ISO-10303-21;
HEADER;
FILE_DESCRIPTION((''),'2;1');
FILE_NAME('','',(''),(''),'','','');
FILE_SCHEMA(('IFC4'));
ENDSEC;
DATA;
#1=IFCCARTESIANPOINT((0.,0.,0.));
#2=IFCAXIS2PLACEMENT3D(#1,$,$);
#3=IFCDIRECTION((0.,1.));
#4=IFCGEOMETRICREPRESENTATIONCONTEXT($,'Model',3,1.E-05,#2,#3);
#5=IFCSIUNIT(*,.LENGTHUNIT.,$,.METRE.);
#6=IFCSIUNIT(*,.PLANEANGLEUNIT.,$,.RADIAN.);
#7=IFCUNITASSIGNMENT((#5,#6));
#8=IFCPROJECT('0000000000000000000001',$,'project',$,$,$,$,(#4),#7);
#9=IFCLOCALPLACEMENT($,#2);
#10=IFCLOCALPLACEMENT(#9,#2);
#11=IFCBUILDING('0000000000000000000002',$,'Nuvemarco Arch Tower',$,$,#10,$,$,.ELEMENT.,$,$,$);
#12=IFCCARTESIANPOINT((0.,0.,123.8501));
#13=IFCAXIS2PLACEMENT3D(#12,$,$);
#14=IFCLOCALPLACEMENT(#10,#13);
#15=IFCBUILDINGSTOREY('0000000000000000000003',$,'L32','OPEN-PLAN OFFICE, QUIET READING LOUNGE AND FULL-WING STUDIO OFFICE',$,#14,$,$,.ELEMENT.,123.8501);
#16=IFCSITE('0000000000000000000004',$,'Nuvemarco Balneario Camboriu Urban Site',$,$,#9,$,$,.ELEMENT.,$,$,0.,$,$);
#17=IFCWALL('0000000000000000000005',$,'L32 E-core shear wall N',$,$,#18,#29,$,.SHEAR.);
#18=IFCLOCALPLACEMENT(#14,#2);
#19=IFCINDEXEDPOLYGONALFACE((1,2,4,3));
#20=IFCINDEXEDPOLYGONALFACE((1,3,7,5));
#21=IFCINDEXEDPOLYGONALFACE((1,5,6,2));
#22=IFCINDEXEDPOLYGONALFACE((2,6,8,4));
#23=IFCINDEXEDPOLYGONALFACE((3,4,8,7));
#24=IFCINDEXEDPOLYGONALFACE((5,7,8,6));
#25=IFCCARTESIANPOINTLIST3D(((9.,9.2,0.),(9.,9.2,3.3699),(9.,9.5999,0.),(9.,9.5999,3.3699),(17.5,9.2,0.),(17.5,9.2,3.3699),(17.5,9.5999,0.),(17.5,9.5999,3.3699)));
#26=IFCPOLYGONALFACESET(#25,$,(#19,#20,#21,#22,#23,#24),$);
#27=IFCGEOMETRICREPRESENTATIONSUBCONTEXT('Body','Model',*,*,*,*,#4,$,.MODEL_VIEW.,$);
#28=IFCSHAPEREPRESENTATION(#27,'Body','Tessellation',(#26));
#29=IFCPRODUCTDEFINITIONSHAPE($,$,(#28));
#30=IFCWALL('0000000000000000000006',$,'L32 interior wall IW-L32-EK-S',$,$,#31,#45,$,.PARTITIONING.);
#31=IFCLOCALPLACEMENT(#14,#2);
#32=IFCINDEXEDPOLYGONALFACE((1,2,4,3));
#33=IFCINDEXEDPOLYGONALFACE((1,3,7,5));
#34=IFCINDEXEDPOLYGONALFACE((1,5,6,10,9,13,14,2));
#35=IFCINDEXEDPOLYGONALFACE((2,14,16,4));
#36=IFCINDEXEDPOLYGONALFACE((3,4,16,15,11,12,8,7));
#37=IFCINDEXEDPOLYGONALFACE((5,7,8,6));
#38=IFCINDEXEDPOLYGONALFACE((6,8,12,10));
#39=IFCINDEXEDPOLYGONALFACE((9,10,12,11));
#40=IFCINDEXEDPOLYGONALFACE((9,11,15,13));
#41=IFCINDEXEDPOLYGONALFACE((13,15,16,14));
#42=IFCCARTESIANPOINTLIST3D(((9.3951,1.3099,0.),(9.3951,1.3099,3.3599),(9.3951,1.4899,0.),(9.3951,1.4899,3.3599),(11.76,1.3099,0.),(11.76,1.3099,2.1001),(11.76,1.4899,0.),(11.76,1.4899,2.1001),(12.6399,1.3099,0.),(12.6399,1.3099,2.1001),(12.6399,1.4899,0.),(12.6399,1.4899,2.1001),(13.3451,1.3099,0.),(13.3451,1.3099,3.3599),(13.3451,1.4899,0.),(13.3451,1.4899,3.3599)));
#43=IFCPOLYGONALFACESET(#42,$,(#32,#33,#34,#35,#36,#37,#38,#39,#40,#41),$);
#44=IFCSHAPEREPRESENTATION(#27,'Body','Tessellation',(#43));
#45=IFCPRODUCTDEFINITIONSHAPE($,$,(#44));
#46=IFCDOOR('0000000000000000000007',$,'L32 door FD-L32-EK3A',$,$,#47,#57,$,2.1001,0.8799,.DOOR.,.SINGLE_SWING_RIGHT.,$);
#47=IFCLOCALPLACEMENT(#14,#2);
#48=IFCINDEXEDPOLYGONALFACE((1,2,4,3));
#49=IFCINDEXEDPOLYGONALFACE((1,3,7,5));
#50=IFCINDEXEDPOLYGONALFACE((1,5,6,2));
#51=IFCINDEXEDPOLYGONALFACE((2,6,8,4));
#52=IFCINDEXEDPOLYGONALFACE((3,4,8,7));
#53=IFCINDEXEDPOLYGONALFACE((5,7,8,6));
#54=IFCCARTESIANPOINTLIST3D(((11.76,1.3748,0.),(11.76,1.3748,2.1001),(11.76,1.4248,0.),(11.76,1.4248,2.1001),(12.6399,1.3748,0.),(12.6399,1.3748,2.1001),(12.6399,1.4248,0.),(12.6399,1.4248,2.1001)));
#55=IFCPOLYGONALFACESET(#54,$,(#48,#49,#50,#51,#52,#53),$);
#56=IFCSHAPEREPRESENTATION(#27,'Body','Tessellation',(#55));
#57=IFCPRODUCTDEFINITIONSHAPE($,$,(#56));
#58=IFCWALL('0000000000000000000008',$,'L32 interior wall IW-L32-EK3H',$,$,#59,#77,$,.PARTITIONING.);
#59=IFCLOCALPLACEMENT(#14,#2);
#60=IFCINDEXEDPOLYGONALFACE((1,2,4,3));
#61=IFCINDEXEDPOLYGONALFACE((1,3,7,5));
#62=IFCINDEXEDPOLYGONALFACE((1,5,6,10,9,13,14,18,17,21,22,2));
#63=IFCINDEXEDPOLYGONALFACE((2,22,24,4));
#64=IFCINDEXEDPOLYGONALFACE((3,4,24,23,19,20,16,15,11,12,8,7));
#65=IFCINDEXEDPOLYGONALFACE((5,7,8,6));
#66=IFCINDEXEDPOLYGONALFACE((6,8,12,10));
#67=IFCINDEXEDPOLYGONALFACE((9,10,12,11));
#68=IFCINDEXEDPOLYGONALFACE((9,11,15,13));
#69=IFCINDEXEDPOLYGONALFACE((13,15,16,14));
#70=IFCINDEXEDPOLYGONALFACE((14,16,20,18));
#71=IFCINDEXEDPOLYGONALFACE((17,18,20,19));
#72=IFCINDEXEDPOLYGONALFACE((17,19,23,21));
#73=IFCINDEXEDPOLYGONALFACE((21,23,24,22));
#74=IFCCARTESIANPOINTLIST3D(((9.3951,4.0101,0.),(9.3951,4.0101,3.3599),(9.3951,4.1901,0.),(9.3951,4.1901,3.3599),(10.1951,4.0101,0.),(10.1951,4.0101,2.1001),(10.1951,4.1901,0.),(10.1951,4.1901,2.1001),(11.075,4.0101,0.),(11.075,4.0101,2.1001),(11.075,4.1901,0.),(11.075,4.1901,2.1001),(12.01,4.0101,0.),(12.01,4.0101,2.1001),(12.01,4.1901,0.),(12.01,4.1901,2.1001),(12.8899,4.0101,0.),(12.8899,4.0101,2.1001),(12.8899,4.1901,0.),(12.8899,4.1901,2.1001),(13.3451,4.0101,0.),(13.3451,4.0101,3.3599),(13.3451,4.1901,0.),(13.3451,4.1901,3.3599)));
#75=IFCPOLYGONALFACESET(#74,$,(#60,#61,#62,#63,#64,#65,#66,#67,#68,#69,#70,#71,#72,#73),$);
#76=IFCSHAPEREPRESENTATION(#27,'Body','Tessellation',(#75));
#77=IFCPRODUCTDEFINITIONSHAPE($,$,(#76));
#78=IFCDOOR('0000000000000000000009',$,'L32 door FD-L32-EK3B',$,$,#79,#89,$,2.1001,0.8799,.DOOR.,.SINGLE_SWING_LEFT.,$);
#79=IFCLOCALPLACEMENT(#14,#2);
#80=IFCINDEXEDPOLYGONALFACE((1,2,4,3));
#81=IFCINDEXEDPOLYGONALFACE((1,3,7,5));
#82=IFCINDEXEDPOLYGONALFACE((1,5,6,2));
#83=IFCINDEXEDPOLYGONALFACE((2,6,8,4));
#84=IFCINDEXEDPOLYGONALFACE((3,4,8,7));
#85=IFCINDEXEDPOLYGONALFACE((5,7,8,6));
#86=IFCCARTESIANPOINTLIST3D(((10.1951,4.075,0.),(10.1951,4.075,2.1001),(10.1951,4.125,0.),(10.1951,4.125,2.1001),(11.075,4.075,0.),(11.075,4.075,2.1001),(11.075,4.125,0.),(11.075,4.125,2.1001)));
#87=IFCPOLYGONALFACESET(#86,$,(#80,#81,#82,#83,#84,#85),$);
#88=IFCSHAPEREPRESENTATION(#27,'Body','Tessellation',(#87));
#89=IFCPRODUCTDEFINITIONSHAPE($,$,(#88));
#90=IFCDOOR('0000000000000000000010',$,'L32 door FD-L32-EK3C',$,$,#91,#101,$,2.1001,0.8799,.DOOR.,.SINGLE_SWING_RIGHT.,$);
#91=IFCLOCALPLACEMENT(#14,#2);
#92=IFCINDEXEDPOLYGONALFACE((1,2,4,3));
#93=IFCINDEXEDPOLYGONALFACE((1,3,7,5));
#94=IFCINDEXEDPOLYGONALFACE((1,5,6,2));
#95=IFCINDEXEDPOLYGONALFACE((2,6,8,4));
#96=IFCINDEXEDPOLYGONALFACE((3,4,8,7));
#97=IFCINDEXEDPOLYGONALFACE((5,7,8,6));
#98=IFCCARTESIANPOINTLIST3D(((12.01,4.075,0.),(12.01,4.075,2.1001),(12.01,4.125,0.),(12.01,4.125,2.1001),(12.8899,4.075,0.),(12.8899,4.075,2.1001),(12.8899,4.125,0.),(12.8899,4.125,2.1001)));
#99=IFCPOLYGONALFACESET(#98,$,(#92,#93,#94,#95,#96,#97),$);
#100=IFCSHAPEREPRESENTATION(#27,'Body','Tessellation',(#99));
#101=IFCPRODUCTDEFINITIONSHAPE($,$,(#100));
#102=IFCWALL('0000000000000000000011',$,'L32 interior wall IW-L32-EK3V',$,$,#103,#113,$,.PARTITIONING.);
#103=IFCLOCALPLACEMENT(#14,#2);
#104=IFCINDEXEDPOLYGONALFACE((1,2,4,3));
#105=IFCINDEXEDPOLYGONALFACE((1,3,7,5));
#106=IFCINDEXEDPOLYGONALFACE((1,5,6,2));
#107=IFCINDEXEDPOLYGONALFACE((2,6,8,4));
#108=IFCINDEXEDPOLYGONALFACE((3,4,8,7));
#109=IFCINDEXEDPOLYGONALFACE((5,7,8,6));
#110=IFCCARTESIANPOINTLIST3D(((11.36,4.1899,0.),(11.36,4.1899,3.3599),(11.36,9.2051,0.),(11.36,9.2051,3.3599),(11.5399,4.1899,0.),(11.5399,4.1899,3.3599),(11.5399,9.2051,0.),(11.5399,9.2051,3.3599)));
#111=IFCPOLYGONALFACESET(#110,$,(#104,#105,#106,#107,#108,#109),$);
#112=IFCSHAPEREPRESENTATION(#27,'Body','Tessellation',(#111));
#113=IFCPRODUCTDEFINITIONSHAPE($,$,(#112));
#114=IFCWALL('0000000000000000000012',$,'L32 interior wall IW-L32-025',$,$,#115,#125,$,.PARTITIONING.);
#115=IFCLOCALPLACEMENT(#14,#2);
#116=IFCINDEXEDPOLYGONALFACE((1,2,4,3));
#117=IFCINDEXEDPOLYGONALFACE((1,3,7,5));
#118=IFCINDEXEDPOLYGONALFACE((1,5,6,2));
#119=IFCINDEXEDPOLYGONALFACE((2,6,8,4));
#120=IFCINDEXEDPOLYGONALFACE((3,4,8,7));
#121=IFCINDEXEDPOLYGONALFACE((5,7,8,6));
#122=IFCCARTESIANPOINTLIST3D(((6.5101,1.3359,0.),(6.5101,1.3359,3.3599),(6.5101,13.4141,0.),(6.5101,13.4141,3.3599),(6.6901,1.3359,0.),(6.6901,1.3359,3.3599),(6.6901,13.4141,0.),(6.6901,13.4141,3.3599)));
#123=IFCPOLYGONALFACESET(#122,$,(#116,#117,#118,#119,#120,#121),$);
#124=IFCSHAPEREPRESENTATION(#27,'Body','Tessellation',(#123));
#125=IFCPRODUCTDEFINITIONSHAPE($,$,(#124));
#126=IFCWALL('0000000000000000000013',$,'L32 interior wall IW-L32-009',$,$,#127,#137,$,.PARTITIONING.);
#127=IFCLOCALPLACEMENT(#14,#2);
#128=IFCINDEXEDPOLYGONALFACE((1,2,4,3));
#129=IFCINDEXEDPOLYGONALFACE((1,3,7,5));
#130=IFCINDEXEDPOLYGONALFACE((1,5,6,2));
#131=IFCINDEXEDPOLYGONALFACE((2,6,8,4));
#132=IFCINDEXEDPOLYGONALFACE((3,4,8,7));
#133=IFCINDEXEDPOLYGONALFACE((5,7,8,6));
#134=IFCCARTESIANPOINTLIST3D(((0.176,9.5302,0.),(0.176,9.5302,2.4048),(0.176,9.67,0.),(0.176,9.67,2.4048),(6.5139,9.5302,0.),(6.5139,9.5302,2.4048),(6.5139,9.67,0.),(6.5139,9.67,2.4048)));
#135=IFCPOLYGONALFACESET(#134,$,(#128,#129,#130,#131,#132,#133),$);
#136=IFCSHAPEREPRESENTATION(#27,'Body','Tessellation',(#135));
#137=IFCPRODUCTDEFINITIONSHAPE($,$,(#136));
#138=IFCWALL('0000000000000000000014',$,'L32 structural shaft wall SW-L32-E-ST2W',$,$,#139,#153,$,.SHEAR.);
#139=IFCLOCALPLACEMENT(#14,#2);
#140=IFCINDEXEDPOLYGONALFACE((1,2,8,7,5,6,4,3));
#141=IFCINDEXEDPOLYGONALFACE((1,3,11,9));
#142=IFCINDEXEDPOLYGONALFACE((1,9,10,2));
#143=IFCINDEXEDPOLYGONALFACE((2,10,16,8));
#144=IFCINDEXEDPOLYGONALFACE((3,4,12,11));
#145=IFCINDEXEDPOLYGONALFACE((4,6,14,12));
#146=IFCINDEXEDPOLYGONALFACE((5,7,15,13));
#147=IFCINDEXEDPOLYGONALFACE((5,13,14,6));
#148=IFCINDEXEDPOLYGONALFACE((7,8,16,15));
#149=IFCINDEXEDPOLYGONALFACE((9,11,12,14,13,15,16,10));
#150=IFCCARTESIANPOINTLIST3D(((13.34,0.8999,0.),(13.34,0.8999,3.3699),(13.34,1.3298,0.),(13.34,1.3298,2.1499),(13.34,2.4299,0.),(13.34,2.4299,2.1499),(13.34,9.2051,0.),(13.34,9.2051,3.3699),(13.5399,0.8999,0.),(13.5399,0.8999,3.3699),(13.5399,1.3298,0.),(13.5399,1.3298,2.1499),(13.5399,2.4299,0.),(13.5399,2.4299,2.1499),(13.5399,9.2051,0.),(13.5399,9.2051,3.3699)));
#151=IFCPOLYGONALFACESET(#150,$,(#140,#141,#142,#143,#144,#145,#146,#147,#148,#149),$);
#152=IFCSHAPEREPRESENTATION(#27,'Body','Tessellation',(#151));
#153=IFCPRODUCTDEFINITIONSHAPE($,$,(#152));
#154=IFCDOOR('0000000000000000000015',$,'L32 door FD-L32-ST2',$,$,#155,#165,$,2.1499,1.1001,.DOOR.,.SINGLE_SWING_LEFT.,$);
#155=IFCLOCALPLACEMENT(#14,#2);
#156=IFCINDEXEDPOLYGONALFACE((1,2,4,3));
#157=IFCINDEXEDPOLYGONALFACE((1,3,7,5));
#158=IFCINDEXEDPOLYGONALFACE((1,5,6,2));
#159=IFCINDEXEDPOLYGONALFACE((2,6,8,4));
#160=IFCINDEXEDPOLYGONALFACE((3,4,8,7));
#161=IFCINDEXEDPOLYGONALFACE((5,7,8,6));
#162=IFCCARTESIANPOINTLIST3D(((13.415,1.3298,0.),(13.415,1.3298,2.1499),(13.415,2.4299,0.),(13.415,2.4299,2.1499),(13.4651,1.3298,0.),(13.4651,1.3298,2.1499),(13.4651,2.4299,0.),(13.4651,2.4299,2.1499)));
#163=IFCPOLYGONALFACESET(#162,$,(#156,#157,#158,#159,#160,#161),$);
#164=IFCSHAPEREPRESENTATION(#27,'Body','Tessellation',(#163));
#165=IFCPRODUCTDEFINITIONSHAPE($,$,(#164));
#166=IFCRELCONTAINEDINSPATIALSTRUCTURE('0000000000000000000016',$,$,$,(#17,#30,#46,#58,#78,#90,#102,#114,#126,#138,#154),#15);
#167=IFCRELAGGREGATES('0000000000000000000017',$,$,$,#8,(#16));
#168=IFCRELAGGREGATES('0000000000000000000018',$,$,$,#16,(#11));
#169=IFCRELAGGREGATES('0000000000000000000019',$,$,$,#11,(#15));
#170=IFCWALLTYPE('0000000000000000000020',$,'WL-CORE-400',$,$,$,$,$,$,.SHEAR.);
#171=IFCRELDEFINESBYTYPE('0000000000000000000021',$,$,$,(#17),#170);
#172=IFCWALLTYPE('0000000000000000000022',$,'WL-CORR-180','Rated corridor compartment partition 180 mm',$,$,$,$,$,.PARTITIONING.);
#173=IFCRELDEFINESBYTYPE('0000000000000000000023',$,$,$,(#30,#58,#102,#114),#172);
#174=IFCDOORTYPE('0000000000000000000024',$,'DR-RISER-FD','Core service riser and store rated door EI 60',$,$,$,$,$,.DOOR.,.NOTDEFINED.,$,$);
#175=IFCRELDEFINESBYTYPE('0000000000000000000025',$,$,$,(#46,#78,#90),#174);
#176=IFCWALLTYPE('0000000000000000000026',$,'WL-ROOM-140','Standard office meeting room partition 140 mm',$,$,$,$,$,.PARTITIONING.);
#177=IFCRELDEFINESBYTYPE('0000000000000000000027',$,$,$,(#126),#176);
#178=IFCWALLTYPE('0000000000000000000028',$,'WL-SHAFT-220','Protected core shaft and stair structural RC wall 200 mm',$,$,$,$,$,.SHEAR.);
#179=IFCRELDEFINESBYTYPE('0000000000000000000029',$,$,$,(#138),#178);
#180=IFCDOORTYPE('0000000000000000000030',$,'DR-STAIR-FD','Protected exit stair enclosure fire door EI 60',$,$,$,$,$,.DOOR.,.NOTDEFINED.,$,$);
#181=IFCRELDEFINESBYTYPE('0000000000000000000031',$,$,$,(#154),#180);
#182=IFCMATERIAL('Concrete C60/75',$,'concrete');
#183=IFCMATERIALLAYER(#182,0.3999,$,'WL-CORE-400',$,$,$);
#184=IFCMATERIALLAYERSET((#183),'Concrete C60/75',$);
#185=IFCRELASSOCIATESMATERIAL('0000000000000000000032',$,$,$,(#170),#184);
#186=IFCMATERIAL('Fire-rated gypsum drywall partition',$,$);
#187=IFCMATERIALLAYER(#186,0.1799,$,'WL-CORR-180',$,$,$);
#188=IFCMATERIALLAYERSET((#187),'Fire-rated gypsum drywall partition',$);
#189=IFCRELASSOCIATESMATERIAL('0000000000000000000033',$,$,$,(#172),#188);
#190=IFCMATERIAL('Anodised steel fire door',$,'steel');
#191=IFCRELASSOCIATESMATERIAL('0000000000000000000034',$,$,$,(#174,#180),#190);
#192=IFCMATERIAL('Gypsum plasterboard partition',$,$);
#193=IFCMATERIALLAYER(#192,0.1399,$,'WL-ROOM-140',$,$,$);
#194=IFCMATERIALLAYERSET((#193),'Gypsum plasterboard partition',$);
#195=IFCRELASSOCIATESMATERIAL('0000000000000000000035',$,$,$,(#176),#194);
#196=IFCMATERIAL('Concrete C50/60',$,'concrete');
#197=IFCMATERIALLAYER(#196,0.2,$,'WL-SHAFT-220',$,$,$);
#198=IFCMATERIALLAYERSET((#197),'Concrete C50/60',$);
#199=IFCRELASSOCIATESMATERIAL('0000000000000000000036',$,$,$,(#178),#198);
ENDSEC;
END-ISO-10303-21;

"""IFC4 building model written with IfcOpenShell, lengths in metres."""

from ifc_helpers import new_model, si_unit, direction, frame, frame_2d, origin, place, context, subcontext, project, spatial, rectangle, extrude, source, transform, mapped, material, layer, layer_set, type_object, type_shapes, element, fill, save


model = new_model("IFC4")

# Units and contexts
model_context = context("Model", 3, precision=1e-05, world=origin(), true_north=direction((0.0, 1.0)))
body_context = subcontext(model_context, "Body", "Model", "MODEL_VIEW")
ifc_project = project(units=[si_unit("LENGTHUNIT", "METRE"), si_unit("PLANEANGLEUNIT", "RADIAN")], contexts=[model_context])

# Site, building, storey
site_placement = place(None, origin())
site = spatial("IfcSite", under=ifc_project, at=site_placement, Name="Nuvemarco Balneario Camboriu Urban Site", CompositionType="ELEMENT", RefElevation=0.0)
building_placement = place(site_placement, origin())
building = spatial("IfcBuilding", under=site, at=building_placement, Name="Nuvemarco Arch Tower", CompositionType="ELEMENT")
storey_placement = place(building_placement, frame((0.0, 0.0, 123.8501)))
storey = spatial("IfcBuildingStorey", under=building, at=storey_placement, Name="L32", Description="OPEN-PLAN OFFICE, QUIET READING LOUNGE AND FULL-WING STUDIO OFFICE", CompositionType="ELEMENT", Elevation=123.8501)

# Shared definitions
ifc_material_1 = material(Name="Concrete C50/60", Category="concrete")

# Shared definitions
ifc_material_2 = material(Name="Concrete C60/75", Category="concrete")

# Wall
ifc_layer_1 = layer(ifc_material_2, 0.3999, Name="WL-CORE-400")
ifc_layer_set_1 = layer_set([ifc_layer_1], Name="Concrete C60/75")
wall_type_1 = type_object("IfcWallType", Name="WL-CORE-400", PredefinedType="SHEAR", material=ifc_layer_set_1)
wall_1_placement = place(storey_placement, frame((9.0, 9.3999, 0.0), z_axis=(0.0, 0.0, 1.0), x_axis=(1.0, 0.0, 0.0)))
element("IfcWall", 1, at=wall_1_placement, inside=storey, type_object=wall_type_1, Name="L32 E-core shear wall N", PredefinedType="SHEAR", context=body_context, shape_type="SweptSolid", body=[
    extrude(rectangle(XDim=8.5, YDim=0.3999, at=frame_2d((4.25, 0.0))), origin(), (0.0, 0.0, 1.0), 3.3699),
])

# Wall, opening, door
ifc_material_3 = material(Name="Fire-rated gypsum drywall partition")
ifc_layer_2 = layer(ifc_material_3, 0.1799, Name="WL-CORR-180")
ifc_layer_set_2 = layer_set([ifc_layer_2], Name="Fire-rated gypsum drywall partition")
wall_type_2 = type_object("IfcWallType", Name="WL-CORR-180", Description="Rated corridor compartment partition 180 mm", PredefinedType="PARTITIONING", material=ifc_layer_set_2)
wall_2_placement = place(storey_placement, frame((9.395, 1.3999, 0.0), z_axis=(0.0, 0.0, 1.0), x_axis=(1.0, 0.0, 0.0)))
wall_2 = element("IfcWall", 2, at=wall_2_placement, inside=storey, type_object=wall_type_2, Name="L32 interior wall IW-L32-EK-S", PredefinedType="PARTITIONING", context=body_context, shape_type="SweptSolid", body=[
    extrude(rectangle(XDim=3.95, YDim=0.1799, at=frame_2d((1.9751, 0.0))), origin(), (0.0, 0.0, 1.0), 3.3599),
])
opening_1_placement = place(wall_2_placement, frame((2.365, 0.0, 0.0)))
opening_1 = element("IfcOpeningElement", 3, at=opening_1_placement, cuts=wall_2, PredefinedType="OPENING", context=body_context, shape_type="SweptSolid", body=[
    extrude(rectangle(XDim=0.8799, YDim=2.1001, at=frame_2d((0.4399, 1.05))), frame((0.0, 0.0999, 0.0), z_axis=(0.0, -1.0, 0.0), x_axis=(1.0, 0.0, 0.0)), (0.0, 0.0, 1.0), 0.2),
])
ifc_material_4 = material(Name="Anodised steel fire door", Category="steel")
door_type_1 = type_object("IfcDoorType", Name="DR-RISER-FD", Description="Core service riser and store rated door EI 60", OperationType="NOTDEFINED", PredefinedType="DOOR", material=ifc_material_4)
shared_shape_1 = source(origin(), body_context, "Body", "SweptSolid", [
    extrude(rectangle(XDim=0.8799, YDim=2.1001, at=frame_2d((0.4399, 1.05))), frame((0.0, 0.0249, 0.0), z_axis=(0.0, -1.0, 0.0), x_axis=(1.0, 0.0, 0.0)), (0.0, 0.0, 1.0), 0.05),
])
type_shapes(door_type_1, [shared_shape_1])
door_1_placement = place(opening_1_placement, origin())
door_1 = element("IfcDoor", 4, at=door_1_placement, inside=storey, type_object=door_type_1, Name="L32 door FD-L32-EK3A", OperationType="SINGLE_SWING_RIGHT", OverallHeight=2.1001, OverallWidth=0.8799, PredefinedType="DOOR", context=body_context, shape_type="MappedRepresentation", body=[
    mapped(shared_shape_1, transform((0.0, 0.0, 0.0), scale=1.0)),
])
fill(opening_1, door_1)

# Wall, openings, doors
wall_3_placement = place(storey_placement, frame((9.395, 4.1001, 0.0), z_axis=(0.0, 0.0, 1.0), x_axis=(1.0, 0.0, 0.0)))
wall_3 = element("IfcWall", 5, at=wall_3_placement, inside=storey, type_object=wall_type_2, Name="L32 interior wall IW-L32-EK3H", PredefinedType="PARTITIONING", context=body_context, shape_type="SweptSolid", body=[
    extrude(rectangle(XDim=3.95, YDim=0.1799, at=frame_2d((1.9751, 0.0))), origin(), (0.0, 0.0, 1.0), 3.3599),
])
opening_2_placement = place(wall_3_placement, frame((0.8, 0.0, 0.0)))
opening_2 = element("IfcOpeningElement", 6, at=opening_2_placement, cuts=wall_3, PredefinedType="OPENING", context=body_context, shape_type="SweptSolid", body=[
    extrude(rectangle(XDim=0.8799, YDim=2.1001, at=frame_2d((0.4399, 1.05))), frame((0.0, 0.0999, 0.0), z_axis=(0.0, -1.0, 0.0), x_axis=(1.0, 0.0, 0.0)), (0.0, 0.0, 1.0), 0.2),
])
opening_3_placement = place(wall_3_placement, frame((2.615, 0.0, 0.0)))
opening_3 = element("IfcOpeningElement", 7, at=opening_3_placement, cuts=wall_3, PredefinedType="OPENING", context=body_context, shape_type="SweptSolid", body=[
    extrude(rectangle(XDim=0.8799, YDim=2.1001, at=frame_2d((0.4399, 1.05))), frame((0.0, 0.0999, 0.0), z_axis=(0.0, -1.0, 0.0), x_axis=(1.0, 0.0, 0.0)), (0.0, 0.0, 1.0), 0.2),
])
door_2_placement = place(opening_2_placement, origin())
door_2 = element("IfcDoor", 8, at=door_2_placement, inside=storey, type_object=door_type_1, Name="L32 door FD-L32-EK3B", OperationType="SINGLE_SWING_LEFT", OverallHeight=2.1001, OverallWidth=0.8799, PredefinedType="DOOR", context=body_context, shape_type="MappedRepresentation", body=[
    mapped(shared_shape_1, transform((0.0, 0.0, 0.0), scale=1.0)),
])
fill(opening_2, door_2)
door_3_placement = place(opening_3_placement, origin())
door_3 = element("IfcDoor", 9, at=door_3_placement, inside=storey, type_object=door_type_1, Name="L32 door FD-L32-EK3C", OperationType="SINGLE_SWING_RIGHT", OverallHeight=2.1001, OverallWidth=0.8799, PredefinedType="DOOR", context=body_context, shape_type="MappedRepresentation", body=[
    mapped(shared_shape_1, transform((0.0, 0.0, 0.0), scale=1.0)),
])
fill(opening_3, door_3)

# Walls
wall_4_placement = place(storey_placement, frame((11.45, 4.1899, 0.0), z_axis=(0.0, 0.0, 1.0), x_axis=(0.0, 1.0, 0.0)))
element("IfcWall", 10, at=wall_4_placement, inside=storey, type_object=wall_type_2, Name="L32 interior wall IW-L32-EK3V", PredefinedType="PARTITIONING", context=body_context, shape_type="SweptSolid", body=[
    extrude(rectangle(XDim=5.0151, YDim=0.1799, at=frame_2d((2.5076, 0.0))), origin(), (0.0, 0.0, 1.0), 3.3599),
])
wall_5_placement = place(storey_placement, frame((6.6001, 1.3359, 0.0), z_axis=(0.0, 0.0, 1.0), x_axis=(0.0, 1.0, 0.0)))
element("IfcWall", 11, at=wall_5_placement, inside=storey, type_object=wall_type_2, Name="L32 interior wall IW-L32-025", PredefinedType="PARTITIONING", context=body_context, shape_type="SweptSolid", body=[
    extrude(rectangle(XDim=12.0781, YDim=0.1799, at=frame_2d((6.0391, 0.0))), origin(), (0.0, 0.0, 1.0), 3.3599),
])
ifc_material_5 = material(Name="Gypsum plasterboard partition")
ifc_layer_3 = layer(ifc_material_5, 0.1399, Name="WL-ROOM-140")
ifc_layer_set_3 = layer_set([ifc_layer_3], Name="Gypsum plasterboard partition")
wall_type_3 = type_object("IfcWallType", Name="WL-ROOM-140", Description="Standard office meeting room partition 140 mm", PredefinedType="PARTITIONING", material=ifc_layer_set_3)
wall_6_placement = place(storey_placement, frame((0.176, 9.6001, 0.0), z_axis=(0.0, 0.0, 1.0), x_axis=(1.0, 0.0, 0.0)))
element("IfcWall", 12, at=wall_6_placement, inside=storey, type_object=wall_type_3, Name="L32 interior wall IW-L32-009", PredefinedType="PARTITIONING", context=body_context, shape_type="SweptSolid", body=[
    extrude(rectangle(XDim=6.3379, YDim=0.1399, at=frame_2d((3.1689, 0.0))), origin(), (0.0, 0.0, 1.0), 2.4048),
])

# Wall, opening, door
ifc_layer_4 = layer(ifc_material_1, 0.2, Name="WL-SHAFT-220")
ifc_layer_set_4 = layer_set([ifc_layer_4], Name="Concrete C50/60")
wall_type_4 = type_object("IfcWallType", Name="WL-SHAFT-220", Description="Protected core shaft and stair structural RC wall 200 mm", PredefinedType="SHEAR", material=ifc_layer_set_4)
wall_7_placement = place(storey_placement, frame((13.4399, 0.8999, 0.0), z_axis=(0.0, 0.0, 1.0), x_axis=(0.0, 1.0, 0.0)))
wall_7 = element("IfcWall", 13, at=wall_7_placement, inside=storey, type_object=wall_type_4, Name="L32 structural shaft wall SW-L32-E-ST2W", PredefinedType="SHEAR", context=body_context, shape_type="SweptSolid", body=[
    extrude(rectangle(XDim=8.3052, YDim=0.2, at=frame_2d((4.1526, 0.0))), origin(), (0.0, 0.0, 1.0), 3.3699),
])
opening_4_placement = place(wall_7_placement, frame((0.4299, 0.0, 0.0)))
opening_4 = element("IfcOpeningElement", 14, at=opening_4_placement, cuts=wall_7, PredefinedType="OPENING", context=body_context, shape_type="SweptSolid", body=[
    extrude(rectangle(XDim=1.1001, YDim=2.1499, at=frame_2d((0.55, 1.075))), frame((0.0, 0.1099, 0.0), z_axis=(0.0, -1.0, 0.0), x_axis=(1.0, 0.0, 0.0)), (0.0, 0.0, 1.0), 0.22),
])
door_type_2 = type_object("IfcDoorType", Name="DR-STAIR-FD", Description="Protected exit stair enclosure fire door EI 60", OperationType="NOTDEFINED", PredefinedType="DOOR", material=ifc_material_4)
shared_shape_2 = source(origin(), body_context, "Body", "SweptSolid", [
    extrude(rectangle(XDim=1.1001, YDim=2.1499, at=frame_2d((0.55, 1.075))), frame((0.0, 0.0249, 0.0), z_axis=(0.0, -1.0, 0.0), x_axis=(1.0, 0.0, 0.0)), (0.0, 0.0, 1.0), 0.05),
])
type_shapes(door_type_2, [shared_shape_2])
door_4_placement = place(opening_4_placement, origin())
door_4 = element("IfcDoor", 15, at=door_4_placement, inside=storey, type_object=door_type_2, Name="L32 door FD-L32-ST2", OperationType="SINGLE_SWING_LEFT", OverallHeight=2.1499, OverallWidth=1.1001, PredefinedType="DOOR", context=body_context, shape_type="MappedRepresentation", body=[
    mapped(shared_shape_2, transform((0.0, 0.0, 0.0), scale=1.0)),
])
fill(opening_4, door_4)

save(model, "model.ifc")
